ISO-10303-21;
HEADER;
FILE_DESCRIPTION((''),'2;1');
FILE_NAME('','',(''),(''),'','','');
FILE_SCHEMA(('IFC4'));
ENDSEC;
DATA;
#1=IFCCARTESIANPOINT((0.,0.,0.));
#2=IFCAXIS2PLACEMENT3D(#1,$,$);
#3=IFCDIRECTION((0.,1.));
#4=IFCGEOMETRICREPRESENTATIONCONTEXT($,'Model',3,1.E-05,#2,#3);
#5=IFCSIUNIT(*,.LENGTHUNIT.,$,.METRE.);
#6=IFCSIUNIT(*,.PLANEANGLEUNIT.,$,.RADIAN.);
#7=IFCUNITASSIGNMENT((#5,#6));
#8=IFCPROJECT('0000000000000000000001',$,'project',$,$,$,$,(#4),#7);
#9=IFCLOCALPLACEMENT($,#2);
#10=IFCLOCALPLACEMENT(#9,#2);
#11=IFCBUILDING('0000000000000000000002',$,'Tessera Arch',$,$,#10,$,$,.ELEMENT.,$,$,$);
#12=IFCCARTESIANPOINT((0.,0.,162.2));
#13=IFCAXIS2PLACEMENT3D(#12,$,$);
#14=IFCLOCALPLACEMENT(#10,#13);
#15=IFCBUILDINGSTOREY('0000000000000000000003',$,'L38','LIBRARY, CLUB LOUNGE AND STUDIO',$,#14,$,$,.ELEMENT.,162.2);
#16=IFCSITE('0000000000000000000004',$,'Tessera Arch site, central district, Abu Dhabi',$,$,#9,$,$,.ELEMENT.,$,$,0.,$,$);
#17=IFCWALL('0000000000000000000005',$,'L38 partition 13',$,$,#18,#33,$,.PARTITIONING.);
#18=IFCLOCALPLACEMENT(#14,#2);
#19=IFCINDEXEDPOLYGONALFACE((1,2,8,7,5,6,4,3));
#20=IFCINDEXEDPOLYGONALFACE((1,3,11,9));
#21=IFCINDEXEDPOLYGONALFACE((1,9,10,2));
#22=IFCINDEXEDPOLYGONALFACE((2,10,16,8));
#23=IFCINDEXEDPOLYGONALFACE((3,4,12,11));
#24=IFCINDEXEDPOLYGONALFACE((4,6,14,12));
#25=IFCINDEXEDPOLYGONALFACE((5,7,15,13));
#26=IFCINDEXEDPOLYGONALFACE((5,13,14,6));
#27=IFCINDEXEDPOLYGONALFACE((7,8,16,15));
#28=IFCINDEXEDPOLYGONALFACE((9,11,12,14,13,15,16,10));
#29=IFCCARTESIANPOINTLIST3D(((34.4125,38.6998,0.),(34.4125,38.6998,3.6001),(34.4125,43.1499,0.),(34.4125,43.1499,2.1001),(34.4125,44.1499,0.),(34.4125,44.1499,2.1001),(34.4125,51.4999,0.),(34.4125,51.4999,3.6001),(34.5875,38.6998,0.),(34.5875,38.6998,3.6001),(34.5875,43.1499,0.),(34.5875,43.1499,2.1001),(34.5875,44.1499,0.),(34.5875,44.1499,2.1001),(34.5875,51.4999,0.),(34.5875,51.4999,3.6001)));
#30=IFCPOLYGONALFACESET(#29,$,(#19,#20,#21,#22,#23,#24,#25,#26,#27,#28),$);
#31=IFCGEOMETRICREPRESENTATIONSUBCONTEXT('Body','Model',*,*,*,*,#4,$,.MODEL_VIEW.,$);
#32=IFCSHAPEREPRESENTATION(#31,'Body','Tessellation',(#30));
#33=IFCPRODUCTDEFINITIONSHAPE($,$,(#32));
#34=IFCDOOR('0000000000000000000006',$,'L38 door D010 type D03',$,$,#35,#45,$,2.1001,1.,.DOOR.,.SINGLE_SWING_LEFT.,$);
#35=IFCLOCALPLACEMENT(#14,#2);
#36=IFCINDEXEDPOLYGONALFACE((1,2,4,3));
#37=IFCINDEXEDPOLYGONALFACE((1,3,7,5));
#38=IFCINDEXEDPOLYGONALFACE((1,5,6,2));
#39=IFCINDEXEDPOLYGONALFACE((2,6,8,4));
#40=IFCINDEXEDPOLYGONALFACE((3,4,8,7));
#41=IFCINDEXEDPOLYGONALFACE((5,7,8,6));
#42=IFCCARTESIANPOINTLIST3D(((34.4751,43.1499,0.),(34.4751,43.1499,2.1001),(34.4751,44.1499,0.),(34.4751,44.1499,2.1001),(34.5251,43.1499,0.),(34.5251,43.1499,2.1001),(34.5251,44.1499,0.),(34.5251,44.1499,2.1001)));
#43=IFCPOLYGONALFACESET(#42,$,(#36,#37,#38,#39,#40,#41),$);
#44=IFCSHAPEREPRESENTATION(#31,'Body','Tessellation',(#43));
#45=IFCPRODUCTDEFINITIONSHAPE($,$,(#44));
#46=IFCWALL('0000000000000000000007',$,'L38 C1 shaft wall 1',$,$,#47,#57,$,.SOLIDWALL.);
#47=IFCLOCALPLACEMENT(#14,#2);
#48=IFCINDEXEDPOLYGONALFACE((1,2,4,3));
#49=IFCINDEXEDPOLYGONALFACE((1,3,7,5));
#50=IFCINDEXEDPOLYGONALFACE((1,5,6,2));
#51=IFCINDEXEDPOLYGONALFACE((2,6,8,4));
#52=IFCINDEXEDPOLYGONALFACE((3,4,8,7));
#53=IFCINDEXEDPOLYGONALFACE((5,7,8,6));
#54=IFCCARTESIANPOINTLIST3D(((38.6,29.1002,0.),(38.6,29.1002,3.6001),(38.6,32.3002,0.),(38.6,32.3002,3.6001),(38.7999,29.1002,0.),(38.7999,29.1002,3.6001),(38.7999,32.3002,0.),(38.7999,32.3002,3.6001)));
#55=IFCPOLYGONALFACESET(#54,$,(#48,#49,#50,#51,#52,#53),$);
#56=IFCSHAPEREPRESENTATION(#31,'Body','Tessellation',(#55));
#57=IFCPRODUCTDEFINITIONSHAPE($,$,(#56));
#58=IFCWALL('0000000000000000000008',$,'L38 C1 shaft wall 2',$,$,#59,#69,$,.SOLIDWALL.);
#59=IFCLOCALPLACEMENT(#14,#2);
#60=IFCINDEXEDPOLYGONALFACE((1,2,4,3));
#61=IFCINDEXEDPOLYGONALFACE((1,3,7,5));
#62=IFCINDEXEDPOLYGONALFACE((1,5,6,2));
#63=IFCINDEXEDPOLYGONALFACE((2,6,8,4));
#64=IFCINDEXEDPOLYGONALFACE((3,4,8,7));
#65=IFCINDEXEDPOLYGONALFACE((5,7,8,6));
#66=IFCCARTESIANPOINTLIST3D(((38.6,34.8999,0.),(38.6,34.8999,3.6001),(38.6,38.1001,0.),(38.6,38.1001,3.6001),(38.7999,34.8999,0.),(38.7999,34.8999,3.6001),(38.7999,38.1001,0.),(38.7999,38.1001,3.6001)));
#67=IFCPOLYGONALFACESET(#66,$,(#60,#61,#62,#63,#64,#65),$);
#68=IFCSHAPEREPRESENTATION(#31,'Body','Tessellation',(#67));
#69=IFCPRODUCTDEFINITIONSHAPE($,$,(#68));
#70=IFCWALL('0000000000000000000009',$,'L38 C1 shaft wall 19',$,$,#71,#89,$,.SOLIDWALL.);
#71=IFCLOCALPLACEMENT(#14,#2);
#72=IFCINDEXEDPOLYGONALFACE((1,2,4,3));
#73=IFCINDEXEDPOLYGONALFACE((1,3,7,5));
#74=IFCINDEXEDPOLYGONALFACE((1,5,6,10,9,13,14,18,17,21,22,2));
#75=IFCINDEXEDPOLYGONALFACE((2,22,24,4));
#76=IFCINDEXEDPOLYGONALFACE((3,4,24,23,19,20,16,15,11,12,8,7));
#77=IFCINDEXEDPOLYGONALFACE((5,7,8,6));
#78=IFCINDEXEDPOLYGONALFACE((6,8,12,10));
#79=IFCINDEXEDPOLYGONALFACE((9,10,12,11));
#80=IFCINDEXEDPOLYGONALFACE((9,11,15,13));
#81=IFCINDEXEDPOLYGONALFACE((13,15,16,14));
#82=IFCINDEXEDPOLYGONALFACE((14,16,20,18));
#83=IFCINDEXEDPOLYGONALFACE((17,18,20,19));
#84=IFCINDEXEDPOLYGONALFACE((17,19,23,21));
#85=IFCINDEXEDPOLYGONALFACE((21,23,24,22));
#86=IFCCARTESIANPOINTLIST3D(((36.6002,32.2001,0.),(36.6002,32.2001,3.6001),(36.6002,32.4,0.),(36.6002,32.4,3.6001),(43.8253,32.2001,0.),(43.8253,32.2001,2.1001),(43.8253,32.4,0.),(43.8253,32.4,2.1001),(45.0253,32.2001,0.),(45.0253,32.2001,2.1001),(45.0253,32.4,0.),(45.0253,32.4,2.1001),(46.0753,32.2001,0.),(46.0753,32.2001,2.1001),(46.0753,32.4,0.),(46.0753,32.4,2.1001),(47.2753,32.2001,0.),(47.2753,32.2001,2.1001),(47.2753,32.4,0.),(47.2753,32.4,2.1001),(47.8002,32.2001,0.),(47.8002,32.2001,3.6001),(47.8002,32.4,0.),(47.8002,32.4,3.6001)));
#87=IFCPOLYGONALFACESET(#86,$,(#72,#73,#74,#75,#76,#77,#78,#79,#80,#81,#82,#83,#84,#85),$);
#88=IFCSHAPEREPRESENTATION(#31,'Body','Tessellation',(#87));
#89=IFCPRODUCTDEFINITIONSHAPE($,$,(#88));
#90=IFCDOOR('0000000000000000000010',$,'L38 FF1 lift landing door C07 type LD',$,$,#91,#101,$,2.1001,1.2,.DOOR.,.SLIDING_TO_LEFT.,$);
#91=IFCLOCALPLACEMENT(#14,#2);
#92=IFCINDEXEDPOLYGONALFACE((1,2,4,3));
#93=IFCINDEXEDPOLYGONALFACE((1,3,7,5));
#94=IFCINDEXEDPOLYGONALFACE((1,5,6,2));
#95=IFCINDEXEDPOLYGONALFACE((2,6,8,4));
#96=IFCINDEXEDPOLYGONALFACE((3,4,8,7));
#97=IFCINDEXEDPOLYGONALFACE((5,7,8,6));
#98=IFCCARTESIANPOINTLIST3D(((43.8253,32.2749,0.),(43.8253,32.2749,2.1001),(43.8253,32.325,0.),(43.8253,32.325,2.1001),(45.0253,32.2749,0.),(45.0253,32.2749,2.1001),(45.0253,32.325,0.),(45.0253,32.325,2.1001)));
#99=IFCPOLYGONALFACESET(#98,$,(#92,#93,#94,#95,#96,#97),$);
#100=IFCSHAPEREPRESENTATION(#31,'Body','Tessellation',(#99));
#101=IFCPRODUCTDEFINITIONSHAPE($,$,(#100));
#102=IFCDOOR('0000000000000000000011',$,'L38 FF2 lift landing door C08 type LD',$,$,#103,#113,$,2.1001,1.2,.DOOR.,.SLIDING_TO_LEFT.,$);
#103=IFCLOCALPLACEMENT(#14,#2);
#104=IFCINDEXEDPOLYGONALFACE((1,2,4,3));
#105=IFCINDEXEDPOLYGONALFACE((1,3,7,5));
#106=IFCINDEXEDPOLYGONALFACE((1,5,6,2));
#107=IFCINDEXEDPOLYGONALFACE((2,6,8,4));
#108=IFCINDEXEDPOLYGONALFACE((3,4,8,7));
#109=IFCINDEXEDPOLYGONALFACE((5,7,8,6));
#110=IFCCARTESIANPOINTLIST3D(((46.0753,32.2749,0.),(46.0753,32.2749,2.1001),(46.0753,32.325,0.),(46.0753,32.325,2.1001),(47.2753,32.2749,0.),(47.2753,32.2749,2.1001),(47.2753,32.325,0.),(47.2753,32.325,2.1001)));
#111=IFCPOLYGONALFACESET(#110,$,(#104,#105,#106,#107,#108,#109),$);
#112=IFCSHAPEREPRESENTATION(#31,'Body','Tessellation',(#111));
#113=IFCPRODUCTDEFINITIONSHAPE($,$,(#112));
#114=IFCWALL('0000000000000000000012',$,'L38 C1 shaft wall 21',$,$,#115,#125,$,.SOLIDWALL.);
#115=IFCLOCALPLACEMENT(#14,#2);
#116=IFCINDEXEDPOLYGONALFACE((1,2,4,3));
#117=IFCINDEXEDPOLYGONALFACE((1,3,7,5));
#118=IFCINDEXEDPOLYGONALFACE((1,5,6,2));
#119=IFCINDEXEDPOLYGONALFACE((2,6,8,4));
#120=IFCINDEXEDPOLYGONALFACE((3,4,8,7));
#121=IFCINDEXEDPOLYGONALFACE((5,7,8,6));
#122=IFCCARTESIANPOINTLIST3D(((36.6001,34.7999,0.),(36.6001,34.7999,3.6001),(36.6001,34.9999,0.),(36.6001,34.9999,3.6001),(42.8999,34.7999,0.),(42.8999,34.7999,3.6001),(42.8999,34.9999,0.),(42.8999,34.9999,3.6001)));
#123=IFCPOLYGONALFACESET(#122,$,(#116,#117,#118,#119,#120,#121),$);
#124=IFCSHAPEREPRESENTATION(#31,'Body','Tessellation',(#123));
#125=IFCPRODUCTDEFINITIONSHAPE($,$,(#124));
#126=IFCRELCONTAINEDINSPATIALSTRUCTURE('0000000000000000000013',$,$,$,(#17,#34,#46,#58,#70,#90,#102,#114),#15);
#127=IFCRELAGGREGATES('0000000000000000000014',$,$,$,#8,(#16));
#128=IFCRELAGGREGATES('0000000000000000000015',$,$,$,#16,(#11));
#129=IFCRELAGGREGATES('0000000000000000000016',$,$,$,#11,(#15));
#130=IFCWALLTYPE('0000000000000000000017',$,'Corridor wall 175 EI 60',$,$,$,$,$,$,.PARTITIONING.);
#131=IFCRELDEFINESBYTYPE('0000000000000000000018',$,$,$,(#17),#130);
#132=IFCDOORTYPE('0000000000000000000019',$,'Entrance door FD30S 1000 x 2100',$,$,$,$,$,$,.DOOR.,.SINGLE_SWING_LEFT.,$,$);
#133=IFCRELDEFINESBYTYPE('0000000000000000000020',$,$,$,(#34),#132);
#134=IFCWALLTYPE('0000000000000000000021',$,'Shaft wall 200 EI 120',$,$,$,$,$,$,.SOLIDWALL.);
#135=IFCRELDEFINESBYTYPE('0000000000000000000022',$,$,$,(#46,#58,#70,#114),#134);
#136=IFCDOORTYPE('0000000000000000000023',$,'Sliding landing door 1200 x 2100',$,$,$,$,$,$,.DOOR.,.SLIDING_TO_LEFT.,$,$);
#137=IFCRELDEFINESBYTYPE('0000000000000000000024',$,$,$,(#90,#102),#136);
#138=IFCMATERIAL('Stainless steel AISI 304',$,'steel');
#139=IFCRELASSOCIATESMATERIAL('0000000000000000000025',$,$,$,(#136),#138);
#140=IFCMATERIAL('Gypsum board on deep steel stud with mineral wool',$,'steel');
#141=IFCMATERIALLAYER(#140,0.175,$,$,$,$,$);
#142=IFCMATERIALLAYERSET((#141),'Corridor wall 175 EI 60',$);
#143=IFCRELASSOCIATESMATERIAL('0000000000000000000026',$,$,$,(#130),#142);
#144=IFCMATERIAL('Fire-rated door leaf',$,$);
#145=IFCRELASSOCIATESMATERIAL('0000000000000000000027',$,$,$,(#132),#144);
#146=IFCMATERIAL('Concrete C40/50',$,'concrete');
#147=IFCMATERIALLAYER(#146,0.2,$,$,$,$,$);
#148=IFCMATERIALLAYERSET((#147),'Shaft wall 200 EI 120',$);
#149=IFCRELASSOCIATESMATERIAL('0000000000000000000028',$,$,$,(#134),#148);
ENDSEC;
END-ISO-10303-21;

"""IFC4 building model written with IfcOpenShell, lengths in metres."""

from ifc_helpers import new_model, si_unit, direction, frame, frame_2d, origin, place, context, subcontext, project, spatial, rectangle, extrude, material, layer, layer_set, type_object, element, fill, save


model = new_model("IFC4")

# Units and contexts
model_context = context("Model", 3, precision=1e-05, world=origin(), true_north=direction((0.0, 1.0)))
body_context = subcontext(model_context, "Body", "Model", "MODEL_VIEW")
ifc_project = project(units=[si_unit("LENGTHUNIT", "METRE"), si_unit("PLANEANGLEUNIT", "RADIAN")], contexts=[model_context])

# Site, building, storey
site_placement = place(None, origin())
site = spatial("IfcSite", under=ifc_project, at=site_placement, Name="Tessera Arch site, central district, Abu Dhabi", CompositionType="ELEMENT", RefElevation=0.0)
building_placement = place(site_placement, origin())
building = spatial("IfcBuilding", under=site, at=building_placement, Name="Tessera Arch", CompositionType="ELEMENT")
storey_placement = place(building_placement, frame((0.0, 0.0, 162.2)))
storey = spatial("IfcBuildingStorey", under=building, at=storey_placement, Name="L38", Description="LIBRARY, CLUB LOUNGE AND STUDIO", CompositionType="ELEMENT", Elevation=162.2)

# Shared definitions
ifc_material_1 = material(Name="Stainless steel AISI 304", Category="steel")
door_type_1 = type_object("IfcDoorType", Name="Sliding landing door 1200 x 2100", OperationType="SLIDING_TO_LEFT", PredefinedType="DOOR", material=ifc_material_1)

# Wall, opening, door
ifc_material_2 = material(Name="Gypsum board on deep steel stud with mineral wool", Category="steel")
ifc_layer_1 = layer(ifc_material_2, 0.175)
ifc_layer_set_1 = layer_set([ifc_layer_1], Name="Corridor wall 175 EI 60")
wall_type_1 = type_object("IfcWallType", Name="Corridor wall 175 EI 60", PredefinedType="PARTITIONING", material=ifc_layer_set_1)
wall_1_placement = place(storey_placement, frame((34.5, 38.7, 0.0), z_axis=(0.0, 0.0, 1.0), x_axis=(0.0, 1.0, 0.0)))
wall_1 = element("IfcWall", 1, at=wall_1_placement, inside=storey, type_object=wall_type_1, Name="L38 partition 13", PredefinedType="PARTITIONING", context=body_context, shape_type="SweptSolid", body=[
    extrude(rectangle(XDim=12.8, YDim=0.175, at=frame_2d((6.3999, 0.0))), origin(), (0.0, 0.0, 1.0), 3.6001),
])
opening_1_placement = place(wall_1_placement, frame((4.45, 0.0, 0.0)))
opening_1 = element("IfcOpeningElement", 2, at=opening_1_placement, cuts=wall_1, PredefinedType="OPENING", context=body_context, shape_type="SweptSolid", body=[
    extrude(rectangle(XDim=1.0, YDim=2.1001, at=frame_2d((0.5, 1.05))), frame((0.0, 0.0974, 0.0), z_axis=(0.0, -1.0, 0.0), x_axis=(1.0, 0.0, 0.0)), (0.0, 0.0, 1.0), 0.1951),
])
ifc_material_3 = material(Name="Fire-rated door leaf")
door_type_2 = type_object("IfcDoorType", Name="Entrance door FD30S 1000 x 2100", OperationType="SINGLE_SWING_LEFT", PredefinedType="DOOR", material=ifc_material_3)
door_1_placement = place(opening_1_placement, origin())
door_1 = element("IfcDoor", 3, at=door_1_placement, inside=storey, type_object=door_type_2, Name="L38 door D010 type D03", OperationType="SINGLE_SWING_LEFT", OverallHeight=2.1001, OverallWidth=1.0, PredefinedType="DOOR", context=body_context, shape_type="SweptSolid", body=[
    extrude(rectangle(XDim=1.0, YDim=2.1001, at=frame_2d((0.5, 1.05))), frame((0.0, 0.0249, 0.0), z_axis=(0.0, -1.0, 0.0), x_axis=(1.0, 0.0, 0.0)), (0.0, 0.0, 1.0), 0.05),
])
fill(opening_1, door_1)

# Walls
ifc_material_4 = material(Name="Concrete C40/50", Category="concrete")
ifc_layer_2 = layer(ifc_material_4, 0.2)
ifc_layer_set_2 = layer_set([ifc_layer_2], Name="Shaft wall 200 EI 120")
wall_type_2 = type_object("IfcWallType", Name="Shaft wall 200 EI 120", PredefinedType="SOLIDWALL", material=ifc_layer_set_2)
wall_2_placement = place(storey_placement, frame((38.7, 29.1001, 0.0), z_axis=(0.0, 0.0, 1.0), x_axis=(0.0, 1.0, 0.0)))
element("IfcWall", 4, at=wall_2_placement, inside=storey, type_object=wall_type_2, Name="L38 C1 shaft wall 1", PredefinedType="SOLIDWALL", context=body_context, shape_type="SweptSolid", body=[
    extrude(rectangle(XDim=3.2, YDim=0.2, at=frame_2d((1.6001, 0.0))), origin(), (0.0, 0.0, 1.0), 3.6001),
])
wall_3_placement = place(storey_placement, frame((38.7, 34.8999, 0.0), z_axis=(0.0, 0.0, 1.0), x_axis=(0.0, 1.0, 0.0)))
element("IfcWall", 5, at=wall_3_placement, inside=storey, type_object=wall_type_2, Name="L38 C1 shaft wall 2", PredefinedType="SOLIDWALL", context=body_context, shape_type="SweptSolid", body=[
    extrude(rectangle(XDim=3.2002, YDim=0.2, at=frame_2d((1.6001, 0.0))), origin(), (0.0, 0.0, 1.0), 3.6001),
])

# Wall, openings, doors
wall_4_placement = place(storey_placement, frame((36.6001, 32.3, 0.0), z_axis=(0.0, 0.0, 1.0), x_axis=(1.0, 0.0, 0.0)))
wall_4 = element("IfcWall", 6, at=wall_4_placement, inside=storey, type_object=wall_type_2, Name="L38 C1 shaft wall 19", PredefinedType="SOLIDWALL", context=body_context, shape_type="SweptSolid", body=[
    extrude(rectangle(XDim=11.2, YDim=0.2, at=frame_2d((5.6001, 0.0))), origin(), (0.0, 0.0, 1.0), 3.6001),
])
opening_2_placement = place(wall_4_placement, frame((7.2251, 0.0, 0.0)))
opening_2 = element("IfcOpeningElement", 7, at=opening_2_placement, cuts=wall_4, PredefinedType="OPENING", context=body_context, shape_type="SweptSolid", body=[
    extrude(rectangle(XDim=1.2, YDim=2.1001, at=frame_2d((0.6001, 1.05))), frame((0.0, 0.1099, 0.0), z_axis=(0.0, -1.0, 0.0), x_axis=(1.0, 0.0, 0.0)), (0.0, 0.0, 1.0), 0.22),
])
opening_3_placement = place(wall_4_placement, frame((9.4751, 0.0, 0.0)))
opening_3 = element("IfcOpeningElement", 8, at=opening_3_placement, cuts=wall_4, PredefinedType="OPENING", context=body_context, shape_type="SweptSolid", body=[
    extrude(rectangle(XDim=1.2, YDim=2.1001, at=frame_2d((0.6001, 1.05))), frame((0.0, 0.1099, 0.0), z_axis=(0.0, -1.0, 0.0), x_axis=(1.0, 0.0, 0.0)), (0.0, 0.0, 1.0), 0.22),
])
door_2_placement = place(opening_2_placement, origin())
door_2 = element("IfcDoor", 9, at=door_2_placement, inside=storey, type_object=door_type_1, Name="L38 FF1 lift landing door C07 type LD", OperationType="SLIDING_TO_LEFT", OverallHeight=2.1001, OverallWidth=1.2, PredefinedType="DOOR", context=body_context, shape_type="SweptSolid", body=[
    extrude(rectangle(XDim=1.2, YDim=2.1001, at=frame_2d((0.6001, 1.05))), frame((0.0, 0.0249, 0.0), z_axis=(0.0, -1.0, 0.0), x_axis=(1.0, 0.0, 0.0)), (0.0, 0.0, 1.0), 0.05),
])
fill(opening_2, door_2)
door_3_placement = place(opening_3_placement, origin())
door_3 = element("IfcDoor", 10, at=door_3_placement, inside=storey, type_object=door_type_1, Name="L38 FF2 lift landing door C08 type LD", OperationType="SLIDING_TO_LEFT", OverallHeight=2.1001, OverallWidth=1.2, PredefinedType="DOOR", context=body_context, shape_type="SweptSolid", body=[
    extrude(rectangle(XDim=1.2, YDim=2.1001, at=frame_2d((0.6001, 1.05))), frame((0.0, 0.0249, 0.0), z_axis=(0.0, -1.0, 0.0), x_axis=(1.0, 0.0, 0.0)), (0.0, 0.0, 1.0), 0.05),
])
fill(opening_3, door_3)

# Wall
wall_5_placement = place(storey_placement, frame((36.6001, 34.8999, 0.0), z_axis=(0.0, 0.0, 1.0), x_axis=(1.0, 0.0, 0.0)))
element("IfcWall", 11, at=wall_5_placement, inside=storey, type_object=wall_type_2, Name="L38 C1 shaft wall 21", PredefinedType="SOLIDWALL", context=body_context, shape_type="SweptSolid", body=[
    extrude(rectangle(XDim=6.2998, YDim=0.2, at=frame_2d((3.1499, 0.0))), origin(), (0.0, 0.0, 1.0), 3.6001),
])

save(model, "model.ifc")
